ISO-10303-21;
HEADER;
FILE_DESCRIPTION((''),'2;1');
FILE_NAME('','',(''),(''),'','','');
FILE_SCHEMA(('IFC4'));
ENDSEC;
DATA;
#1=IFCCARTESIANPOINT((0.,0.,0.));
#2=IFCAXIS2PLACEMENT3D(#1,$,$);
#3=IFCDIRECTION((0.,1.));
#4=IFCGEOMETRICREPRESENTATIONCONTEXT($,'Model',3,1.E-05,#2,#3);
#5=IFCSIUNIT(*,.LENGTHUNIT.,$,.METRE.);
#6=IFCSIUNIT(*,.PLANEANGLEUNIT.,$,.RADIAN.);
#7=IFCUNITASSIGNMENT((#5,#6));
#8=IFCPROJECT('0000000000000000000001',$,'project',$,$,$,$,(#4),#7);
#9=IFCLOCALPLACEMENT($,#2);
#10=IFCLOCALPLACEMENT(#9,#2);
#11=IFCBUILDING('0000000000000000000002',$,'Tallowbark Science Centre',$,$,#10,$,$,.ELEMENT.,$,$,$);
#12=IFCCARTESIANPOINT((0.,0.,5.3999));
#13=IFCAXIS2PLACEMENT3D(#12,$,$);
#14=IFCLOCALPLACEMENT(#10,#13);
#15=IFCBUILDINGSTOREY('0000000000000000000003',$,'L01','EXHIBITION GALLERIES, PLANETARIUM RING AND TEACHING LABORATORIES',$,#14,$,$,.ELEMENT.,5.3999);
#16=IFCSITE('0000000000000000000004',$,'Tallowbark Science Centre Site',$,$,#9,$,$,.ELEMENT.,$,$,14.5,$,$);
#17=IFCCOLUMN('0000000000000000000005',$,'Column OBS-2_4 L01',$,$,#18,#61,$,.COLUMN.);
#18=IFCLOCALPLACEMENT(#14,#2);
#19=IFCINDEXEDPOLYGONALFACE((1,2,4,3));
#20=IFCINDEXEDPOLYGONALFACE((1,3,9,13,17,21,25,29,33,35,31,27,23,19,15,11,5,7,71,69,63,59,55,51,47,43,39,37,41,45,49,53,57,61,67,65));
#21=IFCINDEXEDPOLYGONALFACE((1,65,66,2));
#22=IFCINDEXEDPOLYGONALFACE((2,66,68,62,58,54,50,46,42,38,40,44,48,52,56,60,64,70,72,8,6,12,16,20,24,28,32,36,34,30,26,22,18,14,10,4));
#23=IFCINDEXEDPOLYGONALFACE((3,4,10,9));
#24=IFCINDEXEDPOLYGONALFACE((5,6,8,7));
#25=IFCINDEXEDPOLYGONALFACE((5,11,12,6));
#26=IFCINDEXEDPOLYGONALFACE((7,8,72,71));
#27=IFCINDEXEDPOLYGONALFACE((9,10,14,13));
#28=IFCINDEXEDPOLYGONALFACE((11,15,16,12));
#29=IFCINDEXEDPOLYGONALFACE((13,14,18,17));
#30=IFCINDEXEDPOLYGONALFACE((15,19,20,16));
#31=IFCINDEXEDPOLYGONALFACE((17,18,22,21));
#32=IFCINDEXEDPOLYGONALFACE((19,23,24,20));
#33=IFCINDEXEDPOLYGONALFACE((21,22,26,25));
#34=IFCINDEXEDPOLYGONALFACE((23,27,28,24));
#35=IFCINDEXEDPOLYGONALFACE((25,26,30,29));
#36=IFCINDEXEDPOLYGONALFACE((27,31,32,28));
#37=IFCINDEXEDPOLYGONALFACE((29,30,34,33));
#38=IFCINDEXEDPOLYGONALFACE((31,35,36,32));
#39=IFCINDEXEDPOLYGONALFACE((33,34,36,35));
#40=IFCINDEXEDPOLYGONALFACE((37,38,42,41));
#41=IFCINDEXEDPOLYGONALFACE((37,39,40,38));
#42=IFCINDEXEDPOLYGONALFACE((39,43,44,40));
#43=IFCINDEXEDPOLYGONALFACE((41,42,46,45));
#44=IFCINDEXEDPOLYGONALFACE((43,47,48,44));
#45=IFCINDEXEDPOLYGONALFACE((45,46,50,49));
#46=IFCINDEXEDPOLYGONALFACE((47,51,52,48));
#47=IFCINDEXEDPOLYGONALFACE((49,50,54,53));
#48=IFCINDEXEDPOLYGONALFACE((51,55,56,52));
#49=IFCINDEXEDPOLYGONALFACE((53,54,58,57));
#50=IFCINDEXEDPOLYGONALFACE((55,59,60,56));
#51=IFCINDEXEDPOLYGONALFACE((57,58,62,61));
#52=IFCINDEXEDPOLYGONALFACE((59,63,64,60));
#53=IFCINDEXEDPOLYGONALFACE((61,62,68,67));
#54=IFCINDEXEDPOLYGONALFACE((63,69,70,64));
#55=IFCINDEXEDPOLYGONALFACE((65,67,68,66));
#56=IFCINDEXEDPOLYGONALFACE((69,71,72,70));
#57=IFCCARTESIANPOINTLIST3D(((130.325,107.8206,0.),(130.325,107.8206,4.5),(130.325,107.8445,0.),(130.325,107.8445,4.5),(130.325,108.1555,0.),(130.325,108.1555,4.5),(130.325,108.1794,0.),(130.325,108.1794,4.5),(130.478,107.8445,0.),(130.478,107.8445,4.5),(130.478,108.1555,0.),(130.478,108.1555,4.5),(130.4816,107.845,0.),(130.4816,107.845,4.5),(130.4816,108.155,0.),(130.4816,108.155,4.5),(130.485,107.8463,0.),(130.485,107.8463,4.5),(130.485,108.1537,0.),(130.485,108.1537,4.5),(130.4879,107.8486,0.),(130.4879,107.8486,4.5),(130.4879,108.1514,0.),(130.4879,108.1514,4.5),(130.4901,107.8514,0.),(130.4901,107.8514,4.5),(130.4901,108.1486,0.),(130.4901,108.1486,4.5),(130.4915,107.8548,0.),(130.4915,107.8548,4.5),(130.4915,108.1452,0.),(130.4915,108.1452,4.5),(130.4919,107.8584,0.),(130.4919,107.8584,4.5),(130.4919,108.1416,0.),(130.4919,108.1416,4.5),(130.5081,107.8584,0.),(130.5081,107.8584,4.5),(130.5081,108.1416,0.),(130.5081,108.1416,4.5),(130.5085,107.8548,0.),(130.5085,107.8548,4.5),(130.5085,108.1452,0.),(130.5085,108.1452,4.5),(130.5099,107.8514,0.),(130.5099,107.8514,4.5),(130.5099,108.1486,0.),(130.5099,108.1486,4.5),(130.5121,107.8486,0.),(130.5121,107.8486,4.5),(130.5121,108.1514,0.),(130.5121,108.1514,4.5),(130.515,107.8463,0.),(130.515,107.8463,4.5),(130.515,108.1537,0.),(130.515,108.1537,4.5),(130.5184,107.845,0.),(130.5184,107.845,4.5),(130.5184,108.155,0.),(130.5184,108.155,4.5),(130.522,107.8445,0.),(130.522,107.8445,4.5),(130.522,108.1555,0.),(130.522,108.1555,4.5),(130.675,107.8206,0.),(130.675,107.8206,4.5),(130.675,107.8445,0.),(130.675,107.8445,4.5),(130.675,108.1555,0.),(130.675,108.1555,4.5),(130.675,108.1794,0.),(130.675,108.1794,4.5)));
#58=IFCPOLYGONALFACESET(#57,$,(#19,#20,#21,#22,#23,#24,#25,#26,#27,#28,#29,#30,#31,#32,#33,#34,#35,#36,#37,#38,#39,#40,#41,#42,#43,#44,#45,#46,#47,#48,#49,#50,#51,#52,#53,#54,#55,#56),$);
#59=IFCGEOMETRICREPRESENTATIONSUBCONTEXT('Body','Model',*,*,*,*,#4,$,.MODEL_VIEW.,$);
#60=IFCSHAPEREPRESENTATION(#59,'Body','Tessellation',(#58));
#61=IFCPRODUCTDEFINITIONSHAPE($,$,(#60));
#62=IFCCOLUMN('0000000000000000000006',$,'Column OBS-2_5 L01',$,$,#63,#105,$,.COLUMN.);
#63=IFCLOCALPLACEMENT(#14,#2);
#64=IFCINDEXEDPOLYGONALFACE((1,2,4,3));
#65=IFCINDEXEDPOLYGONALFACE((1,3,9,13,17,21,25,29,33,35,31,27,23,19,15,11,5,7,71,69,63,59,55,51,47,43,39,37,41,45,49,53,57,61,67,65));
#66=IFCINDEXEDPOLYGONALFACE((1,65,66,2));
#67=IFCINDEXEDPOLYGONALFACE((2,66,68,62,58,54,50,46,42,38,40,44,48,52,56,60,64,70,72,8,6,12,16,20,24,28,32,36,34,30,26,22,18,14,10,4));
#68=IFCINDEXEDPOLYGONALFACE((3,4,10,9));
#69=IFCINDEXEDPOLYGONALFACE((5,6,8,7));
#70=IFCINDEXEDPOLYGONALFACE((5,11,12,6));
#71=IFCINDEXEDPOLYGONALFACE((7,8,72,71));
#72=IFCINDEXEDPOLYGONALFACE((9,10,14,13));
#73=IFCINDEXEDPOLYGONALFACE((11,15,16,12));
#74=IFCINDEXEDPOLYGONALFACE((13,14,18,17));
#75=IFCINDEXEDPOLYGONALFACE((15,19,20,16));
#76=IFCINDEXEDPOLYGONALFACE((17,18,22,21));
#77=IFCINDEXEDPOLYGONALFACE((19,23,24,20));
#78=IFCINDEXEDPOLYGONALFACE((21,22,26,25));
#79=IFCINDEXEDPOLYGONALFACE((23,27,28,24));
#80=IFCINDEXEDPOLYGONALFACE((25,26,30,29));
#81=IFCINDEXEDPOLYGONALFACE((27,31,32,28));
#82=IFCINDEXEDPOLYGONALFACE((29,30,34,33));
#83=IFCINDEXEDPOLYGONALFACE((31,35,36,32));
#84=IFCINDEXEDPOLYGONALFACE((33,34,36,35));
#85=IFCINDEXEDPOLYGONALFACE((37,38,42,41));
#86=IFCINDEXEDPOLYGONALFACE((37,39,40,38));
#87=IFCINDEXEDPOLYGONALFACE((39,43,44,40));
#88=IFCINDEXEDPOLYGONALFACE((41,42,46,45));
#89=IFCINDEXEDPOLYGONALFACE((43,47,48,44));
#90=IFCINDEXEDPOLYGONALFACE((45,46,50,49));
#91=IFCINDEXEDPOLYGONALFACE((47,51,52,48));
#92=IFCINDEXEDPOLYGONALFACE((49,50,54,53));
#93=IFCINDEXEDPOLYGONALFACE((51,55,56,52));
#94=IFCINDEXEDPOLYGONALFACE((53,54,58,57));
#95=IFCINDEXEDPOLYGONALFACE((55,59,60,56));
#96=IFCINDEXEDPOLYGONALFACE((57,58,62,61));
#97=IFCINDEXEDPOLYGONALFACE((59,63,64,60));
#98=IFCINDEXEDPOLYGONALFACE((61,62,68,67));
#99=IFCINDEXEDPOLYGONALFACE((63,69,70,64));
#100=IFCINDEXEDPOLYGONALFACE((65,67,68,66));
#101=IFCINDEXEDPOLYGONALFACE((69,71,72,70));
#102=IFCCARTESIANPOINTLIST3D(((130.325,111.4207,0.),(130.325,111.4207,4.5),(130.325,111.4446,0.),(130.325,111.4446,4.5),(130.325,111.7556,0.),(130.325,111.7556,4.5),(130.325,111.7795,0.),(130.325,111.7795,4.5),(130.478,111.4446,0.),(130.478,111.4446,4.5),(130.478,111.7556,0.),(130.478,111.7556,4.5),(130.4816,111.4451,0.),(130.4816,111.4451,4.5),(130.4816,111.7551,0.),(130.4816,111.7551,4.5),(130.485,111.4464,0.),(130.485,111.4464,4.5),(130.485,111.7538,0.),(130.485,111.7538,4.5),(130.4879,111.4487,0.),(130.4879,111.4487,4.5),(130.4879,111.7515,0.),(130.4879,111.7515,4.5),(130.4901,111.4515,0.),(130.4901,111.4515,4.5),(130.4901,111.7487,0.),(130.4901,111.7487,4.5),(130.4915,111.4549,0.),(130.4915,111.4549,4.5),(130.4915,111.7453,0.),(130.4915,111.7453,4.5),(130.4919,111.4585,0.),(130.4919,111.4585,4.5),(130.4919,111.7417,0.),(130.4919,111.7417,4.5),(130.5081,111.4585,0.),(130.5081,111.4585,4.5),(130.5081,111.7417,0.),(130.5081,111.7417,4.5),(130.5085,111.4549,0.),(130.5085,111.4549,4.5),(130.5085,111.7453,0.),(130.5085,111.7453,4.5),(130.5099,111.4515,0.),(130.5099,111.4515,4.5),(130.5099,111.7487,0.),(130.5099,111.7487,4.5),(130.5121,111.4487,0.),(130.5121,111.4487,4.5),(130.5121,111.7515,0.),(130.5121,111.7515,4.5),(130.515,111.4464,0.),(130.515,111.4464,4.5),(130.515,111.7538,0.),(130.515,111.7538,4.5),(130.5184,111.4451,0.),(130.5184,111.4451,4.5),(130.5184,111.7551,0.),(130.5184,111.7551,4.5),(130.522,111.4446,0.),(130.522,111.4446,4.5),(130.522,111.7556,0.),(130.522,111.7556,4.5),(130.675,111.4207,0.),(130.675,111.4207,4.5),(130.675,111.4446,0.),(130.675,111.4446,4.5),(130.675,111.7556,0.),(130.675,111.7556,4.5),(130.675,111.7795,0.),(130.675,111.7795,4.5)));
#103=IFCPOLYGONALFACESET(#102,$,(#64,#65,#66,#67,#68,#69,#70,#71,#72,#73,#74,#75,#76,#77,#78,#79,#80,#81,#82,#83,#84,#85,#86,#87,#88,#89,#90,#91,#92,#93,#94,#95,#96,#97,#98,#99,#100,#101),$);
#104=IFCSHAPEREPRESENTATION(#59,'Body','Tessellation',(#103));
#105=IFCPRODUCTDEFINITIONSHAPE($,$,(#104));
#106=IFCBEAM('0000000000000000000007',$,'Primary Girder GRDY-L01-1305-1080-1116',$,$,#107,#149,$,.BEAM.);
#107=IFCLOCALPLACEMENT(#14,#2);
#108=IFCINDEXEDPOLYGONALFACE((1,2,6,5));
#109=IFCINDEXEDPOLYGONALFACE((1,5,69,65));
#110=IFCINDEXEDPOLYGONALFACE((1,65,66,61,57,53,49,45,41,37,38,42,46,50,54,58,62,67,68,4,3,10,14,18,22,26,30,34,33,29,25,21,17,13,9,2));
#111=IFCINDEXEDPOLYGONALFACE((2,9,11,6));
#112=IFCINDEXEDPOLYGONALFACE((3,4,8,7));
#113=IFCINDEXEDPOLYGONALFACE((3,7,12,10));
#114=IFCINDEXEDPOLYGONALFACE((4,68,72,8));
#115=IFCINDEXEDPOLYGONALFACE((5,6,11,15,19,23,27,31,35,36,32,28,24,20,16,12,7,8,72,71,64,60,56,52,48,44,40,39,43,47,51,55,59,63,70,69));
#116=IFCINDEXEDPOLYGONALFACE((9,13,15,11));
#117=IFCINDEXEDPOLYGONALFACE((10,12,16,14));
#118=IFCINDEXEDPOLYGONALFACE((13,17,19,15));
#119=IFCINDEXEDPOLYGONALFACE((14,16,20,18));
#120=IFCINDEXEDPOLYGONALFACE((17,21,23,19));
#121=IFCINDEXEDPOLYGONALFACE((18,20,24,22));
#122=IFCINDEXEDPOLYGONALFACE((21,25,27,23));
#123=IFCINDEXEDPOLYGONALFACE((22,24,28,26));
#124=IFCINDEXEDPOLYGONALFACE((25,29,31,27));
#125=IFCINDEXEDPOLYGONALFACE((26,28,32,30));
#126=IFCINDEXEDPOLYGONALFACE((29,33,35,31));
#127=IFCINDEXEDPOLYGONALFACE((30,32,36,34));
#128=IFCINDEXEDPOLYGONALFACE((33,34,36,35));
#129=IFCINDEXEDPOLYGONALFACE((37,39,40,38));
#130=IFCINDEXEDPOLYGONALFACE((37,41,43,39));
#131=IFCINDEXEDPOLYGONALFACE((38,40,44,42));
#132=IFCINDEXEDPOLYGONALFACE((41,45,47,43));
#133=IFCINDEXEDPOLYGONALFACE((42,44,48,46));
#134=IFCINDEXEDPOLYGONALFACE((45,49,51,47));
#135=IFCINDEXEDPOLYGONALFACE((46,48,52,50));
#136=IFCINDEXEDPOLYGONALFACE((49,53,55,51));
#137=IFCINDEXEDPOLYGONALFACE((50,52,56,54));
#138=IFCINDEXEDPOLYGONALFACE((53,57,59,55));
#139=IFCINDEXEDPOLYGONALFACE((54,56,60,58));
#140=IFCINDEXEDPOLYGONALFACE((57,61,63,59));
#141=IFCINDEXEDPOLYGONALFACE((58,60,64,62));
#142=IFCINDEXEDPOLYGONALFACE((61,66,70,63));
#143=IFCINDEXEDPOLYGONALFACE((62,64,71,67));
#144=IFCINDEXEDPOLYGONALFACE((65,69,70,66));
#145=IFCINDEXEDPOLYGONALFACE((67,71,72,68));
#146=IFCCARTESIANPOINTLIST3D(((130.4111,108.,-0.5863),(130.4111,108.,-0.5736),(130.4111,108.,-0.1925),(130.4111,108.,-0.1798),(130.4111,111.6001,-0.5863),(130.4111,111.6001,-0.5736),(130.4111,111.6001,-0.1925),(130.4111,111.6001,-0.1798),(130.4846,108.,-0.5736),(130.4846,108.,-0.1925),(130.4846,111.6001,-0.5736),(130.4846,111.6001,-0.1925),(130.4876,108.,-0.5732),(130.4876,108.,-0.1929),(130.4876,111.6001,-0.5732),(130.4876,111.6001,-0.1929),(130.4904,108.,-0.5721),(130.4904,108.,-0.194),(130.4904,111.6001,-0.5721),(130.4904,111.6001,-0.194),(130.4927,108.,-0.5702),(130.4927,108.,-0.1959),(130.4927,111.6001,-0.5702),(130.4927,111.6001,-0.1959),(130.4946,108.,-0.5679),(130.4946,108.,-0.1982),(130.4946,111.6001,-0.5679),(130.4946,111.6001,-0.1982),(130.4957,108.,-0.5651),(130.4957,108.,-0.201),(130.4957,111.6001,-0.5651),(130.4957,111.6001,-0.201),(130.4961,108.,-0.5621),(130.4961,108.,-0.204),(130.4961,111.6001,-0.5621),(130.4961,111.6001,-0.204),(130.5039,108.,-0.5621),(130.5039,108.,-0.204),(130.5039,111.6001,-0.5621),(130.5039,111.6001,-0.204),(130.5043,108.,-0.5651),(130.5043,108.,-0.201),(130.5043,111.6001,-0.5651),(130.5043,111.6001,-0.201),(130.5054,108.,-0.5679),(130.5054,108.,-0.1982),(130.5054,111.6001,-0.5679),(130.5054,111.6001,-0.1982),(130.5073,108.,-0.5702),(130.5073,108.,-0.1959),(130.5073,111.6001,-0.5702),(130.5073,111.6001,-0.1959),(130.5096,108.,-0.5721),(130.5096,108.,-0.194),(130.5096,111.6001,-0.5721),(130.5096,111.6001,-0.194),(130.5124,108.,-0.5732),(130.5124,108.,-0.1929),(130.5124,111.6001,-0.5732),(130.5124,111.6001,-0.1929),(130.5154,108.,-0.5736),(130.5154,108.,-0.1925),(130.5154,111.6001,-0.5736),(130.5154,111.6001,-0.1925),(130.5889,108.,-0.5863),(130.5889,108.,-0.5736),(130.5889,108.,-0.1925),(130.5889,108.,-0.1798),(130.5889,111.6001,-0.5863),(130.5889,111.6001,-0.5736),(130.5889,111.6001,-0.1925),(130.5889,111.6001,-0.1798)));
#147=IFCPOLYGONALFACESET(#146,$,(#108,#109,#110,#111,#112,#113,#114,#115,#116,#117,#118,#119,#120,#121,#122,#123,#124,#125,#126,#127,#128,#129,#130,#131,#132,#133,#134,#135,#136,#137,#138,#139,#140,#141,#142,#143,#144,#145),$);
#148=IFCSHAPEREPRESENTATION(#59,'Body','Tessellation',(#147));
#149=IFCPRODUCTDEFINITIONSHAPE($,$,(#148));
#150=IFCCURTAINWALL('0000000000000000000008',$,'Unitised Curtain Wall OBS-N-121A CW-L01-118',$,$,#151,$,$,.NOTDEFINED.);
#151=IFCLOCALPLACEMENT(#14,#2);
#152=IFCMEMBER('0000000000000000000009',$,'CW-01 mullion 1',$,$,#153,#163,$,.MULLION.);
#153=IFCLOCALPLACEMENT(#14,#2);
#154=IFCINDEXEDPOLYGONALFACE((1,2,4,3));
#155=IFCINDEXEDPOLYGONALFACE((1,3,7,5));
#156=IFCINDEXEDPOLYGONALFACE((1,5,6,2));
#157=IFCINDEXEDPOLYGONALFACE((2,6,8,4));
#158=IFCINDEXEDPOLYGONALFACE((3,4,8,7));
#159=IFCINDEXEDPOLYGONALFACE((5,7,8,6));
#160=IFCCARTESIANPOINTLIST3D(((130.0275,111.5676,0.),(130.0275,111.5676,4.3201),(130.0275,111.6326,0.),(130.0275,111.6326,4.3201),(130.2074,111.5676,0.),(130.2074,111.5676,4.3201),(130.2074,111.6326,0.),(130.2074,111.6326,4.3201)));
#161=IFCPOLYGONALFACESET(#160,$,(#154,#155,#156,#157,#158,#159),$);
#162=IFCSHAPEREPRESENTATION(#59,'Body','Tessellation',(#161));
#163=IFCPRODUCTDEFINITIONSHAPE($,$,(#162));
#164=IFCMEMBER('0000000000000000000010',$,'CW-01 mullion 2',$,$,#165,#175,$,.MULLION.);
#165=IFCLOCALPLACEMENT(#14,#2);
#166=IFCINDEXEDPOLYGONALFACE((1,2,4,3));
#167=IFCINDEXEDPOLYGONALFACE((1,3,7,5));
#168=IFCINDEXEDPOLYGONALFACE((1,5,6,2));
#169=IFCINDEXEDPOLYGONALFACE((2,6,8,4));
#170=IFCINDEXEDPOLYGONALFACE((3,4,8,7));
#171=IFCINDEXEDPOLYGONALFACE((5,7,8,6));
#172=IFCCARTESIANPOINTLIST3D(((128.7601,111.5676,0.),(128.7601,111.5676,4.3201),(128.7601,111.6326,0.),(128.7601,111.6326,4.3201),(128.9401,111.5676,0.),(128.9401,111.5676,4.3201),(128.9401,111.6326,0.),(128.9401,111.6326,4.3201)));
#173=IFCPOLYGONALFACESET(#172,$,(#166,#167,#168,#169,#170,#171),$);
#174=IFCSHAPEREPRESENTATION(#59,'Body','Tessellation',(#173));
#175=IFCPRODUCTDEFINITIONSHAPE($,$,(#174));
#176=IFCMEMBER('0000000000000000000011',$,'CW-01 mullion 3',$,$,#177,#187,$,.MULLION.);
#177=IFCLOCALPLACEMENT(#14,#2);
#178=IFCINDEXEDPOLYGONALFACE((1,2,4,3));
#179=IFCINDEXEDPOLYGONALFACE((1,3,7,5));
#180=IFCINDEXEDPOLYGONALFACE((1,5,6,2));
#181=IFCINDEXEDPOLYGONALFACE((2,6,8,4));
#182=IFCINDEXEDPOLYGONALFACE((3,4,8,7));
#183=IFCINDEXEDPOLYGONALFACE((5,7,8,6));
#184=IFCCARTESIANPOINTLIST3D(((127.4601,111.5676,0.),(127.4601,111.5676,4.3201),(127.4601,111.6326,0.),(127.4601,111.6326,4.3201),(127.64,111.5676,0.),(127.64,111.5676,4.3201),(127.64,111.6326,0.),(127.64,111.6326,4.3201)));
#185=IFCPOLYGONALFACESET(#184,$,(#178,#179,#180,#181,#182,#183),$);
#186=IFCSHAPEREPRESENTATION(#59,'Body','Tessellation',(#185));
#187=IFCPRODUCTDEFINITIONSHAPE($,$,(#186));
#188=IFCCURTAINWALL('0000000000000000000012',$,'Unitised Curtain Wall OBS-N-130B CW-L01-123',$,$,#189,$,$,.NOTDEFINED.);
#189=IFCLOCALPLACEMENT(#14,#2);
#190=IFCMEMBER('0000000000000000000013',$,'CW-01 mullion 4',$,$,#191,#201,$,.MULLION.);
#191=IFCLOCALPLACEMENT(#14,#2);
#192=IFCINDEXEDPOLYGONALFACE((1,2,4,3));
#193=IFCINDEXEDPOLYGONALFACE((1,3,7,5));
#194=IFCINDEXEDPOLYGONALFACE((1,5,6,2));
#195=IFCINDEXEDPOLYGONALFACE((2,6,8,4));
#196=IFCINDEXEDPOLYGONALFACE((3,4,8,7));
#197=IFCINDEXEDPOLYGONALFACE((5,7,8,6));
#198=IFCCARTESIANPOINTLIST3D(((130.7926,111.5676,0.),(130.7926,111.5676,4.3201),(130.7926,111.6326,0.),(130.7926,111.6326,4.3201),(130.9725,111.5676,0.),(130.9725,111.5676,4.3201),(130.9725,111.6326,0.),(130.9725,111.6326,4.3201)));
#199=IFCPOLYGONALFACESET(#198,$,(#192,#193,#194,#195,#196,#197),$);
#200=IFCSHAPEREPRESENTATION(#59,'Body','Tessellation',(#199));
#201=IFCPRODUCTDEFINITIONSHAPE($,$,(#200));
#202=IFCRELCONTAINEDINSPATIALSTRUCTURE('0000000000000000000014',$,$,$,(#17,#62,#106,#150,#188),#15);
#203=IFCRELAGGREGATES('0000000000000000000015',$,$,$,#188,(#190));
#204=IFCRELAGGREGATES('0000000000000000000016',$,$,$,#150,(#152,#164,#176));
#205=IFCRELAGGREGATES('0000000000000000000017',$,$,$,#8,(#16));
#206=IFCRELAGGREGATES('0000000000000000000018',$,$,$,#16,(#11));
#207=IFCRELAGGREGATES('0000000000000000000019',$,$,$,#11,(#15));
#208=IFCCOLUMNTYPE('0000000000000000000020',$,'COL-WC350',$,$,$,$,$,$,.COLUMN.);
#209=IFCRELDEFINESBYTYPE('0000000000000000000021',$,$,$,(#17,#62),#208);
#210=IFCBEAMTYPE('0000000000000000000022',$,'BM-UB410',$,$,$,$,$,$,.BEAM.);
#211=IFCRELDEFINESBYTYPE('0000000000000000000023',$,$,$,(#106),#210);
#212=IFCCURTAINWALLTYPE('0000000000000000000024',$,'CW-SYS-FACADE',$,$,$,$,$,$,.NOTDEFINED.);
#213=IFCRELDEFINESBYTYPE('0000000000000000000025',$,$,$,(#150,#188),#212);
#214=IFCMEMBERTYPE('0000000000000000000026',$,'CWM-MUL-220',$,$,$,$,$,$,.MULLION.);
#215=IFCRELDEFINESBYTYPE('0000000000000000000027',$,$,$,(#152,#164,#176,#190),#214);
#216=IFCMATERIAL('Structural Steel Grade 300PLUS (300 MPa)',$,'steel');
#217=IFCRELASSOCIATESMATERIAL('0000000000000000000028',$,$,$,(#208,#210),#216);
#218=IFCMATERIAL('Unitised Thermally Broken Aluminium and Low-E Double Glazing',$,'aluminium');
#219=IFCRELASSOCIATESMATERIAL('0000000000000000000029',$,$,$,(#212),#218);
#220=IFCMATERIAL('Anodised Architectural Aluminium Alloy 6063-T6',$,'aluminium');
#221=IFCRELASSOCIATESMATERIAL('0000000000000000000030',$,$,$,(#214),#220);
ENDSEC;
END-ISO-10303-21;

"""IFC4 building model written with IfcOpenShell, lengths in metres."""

from ifc_helpers import new_model, si_unit, direction, frame, origin, origin_2d, place, context, subcontext, project, spatial, rectangle, i_section, extrude, material, material_profile, profile_set, type_object, element, aggregate, save


model = new_model("IFC4")

# Units and contexts
model_context = context("Model", 3, precision=1e-05, world=origin(), true_north=direction((0.0, 1.0)))
body_context = subcontext(model_context, "Body", "Model", "MODEL_VIEW")
ifc_project = project(units=[si_unit("LENGTHUNIT", "METRE"), si_unit("PLANEANGLEUNIT", "RADIAN")], contexts=[model_context])

# Site, building, storey
site_placement = place(None, origin())
site = spatial("IfcSite", under=ifc_project, at=site_placement, Name="Tallowbark Science Centre Site", CompositionType="ELEMENT", RefElevation=14.5)
building_placement = place(site_placement, origin())
building = spatial("IfcBuilding", under=site, at=building_placement, Name="Tallowbark Science Centre", CompositionType="ELEMENT")
storey_placement = place(building_placement, frame((0.0, 0.0, 5.3999)))
storey = spatial("IfcBuildingStorey", under=building, at=storey_placement, Name="L01", Description="EXHIBITION GALLERIES, PLANETARIUM RING AND TEACHING LABORATORIES", CompositionType="ELEMENT", Elevation=5.3999)

# Columns
ifc_material_1 = material(Name="Structural Steel Grade 300PLUS (300 MPa)", Category="steel")
ifc_material_profile_1 = material_profile(ifc_material_1, i_section(OverallWidth=0.3501, OverallDepth=0.3589, WebThickness=0.0161, FlangeThickness=0.0239, FilletRadius=0.0139, at=origin_2d()), Name="350WC197")
ifc_profile_set_1 = profile_set([ifc_material_profile_1], Name="Structural Steel Grade 300PLUS (300 MPa)")
column_type = type_object("IfcColumnType", Name="COL-WC350", PredefinedType="COLUMN", material=ifc_profile_set_1)
for number, where, z_axis, x_axis, name in (
    (1, (130.5, 108.0, 0.0), (0.0, 0.0, 1.0), (1.0, 0.0, 0.0), "Column OBS-2_4 L01"),
    (2, (130.5, 111.6001, 0.0), (0.0, 0.0, 1.0), (1.0, 0.0, 0.0), "Column OBS-2_5 L01"),
):
    element("IfcColumn", number, at=place(storey_placement, frame(where, z_axis=z_axis, x_axis=x_axis)), inside=storey, type_object=column_type, Name=name, PredefinedType="COLUMN", context=body_context, shape_type="SweptSolid", body=[
        extrude(i_section(OverallWidth=0.3501, OverallDepth=0.3589, WebThickness=0.0161, FlangeThickness=0.0239, FilletRadius=0.0139, at=origin_2d()), origin(), (0.0, 0.0, 1.0), 4.5),
    ])

# Beam
ifc_material_profile_2 = material_profile(ifc_material_1, i_section(OverallWidth=0.1777, OverallDepth=0.4065, WebThickness=0.0078, FlangeThickness=0.0127, FilletRadius=0.0115, at=origin_2d()), Name="410UB59.7")
ifc_profile_set_2 = profile_set([ifc_material_profile_2], Name="Structural Steel Grade 300PLUS (300 MPa)")
beam_type_1 = type_object("IfcBeamType", Name="BM-UB410", PredefinedType="BEAM", material=ifc_profile_set_2)
beam_1_placement = place(storey_placement, frame((130.5, 108.0, -0.3831), z_axis=(0.0, 1.0, 0.0), x_axis=(-1.0, 0.0, 0.0)))
element("IfcBeam", 3, at=beam_1_placement, inside=storey, type_object=beam_type_1, Name="Primary Girder GRDY-L01-1305-1080-1116", PredefinedType="BEAM", context=body_context, shape_type="SweptSolid", body=[
    extrude(i_section(OverallWidth=0.1777, OverallDepth=0.4065, WebThickness=0.0078, FlangeThickness=0.0127, FilletRadius=0.0115, at=origin_2d()), origin(), (0.0, 0.0, 1.0), 3.6001),
])

# Curtain wall, members
ifc_material_2 = material(Name="Unitised Thermally Broken Aluminium and Low-E Double Glazing", Category="aluminium")
curtain_wall_type = type_object("IfcCurtainWallType", Name="CW-SYS-FACADE", PredefinedType="NOTDEFINED", material=ifc_material_2)
curtain_wall_1_placement = place(storey_placement, origin())
curtain_wall_1 = element("IfcCurtainWall", 4, at=curtain_wall_1_placement, inside=storey, type_object=curtain_wall_type, Name="Unitised Curtain Wall OBS-N-121A CW-L01-118", PredefinedType="NOTDEFINED")
ifc_material_3 = material(Name="Anodised Architectural Aluminium Alloy 6063-T6", Category="aluminium")
ifc_material_profile_3 = material_profile(ifc_material_3, rectangle(XDim=0.0649, YDim=0.1799, at=origin_2d()), Name="ALU65x180")
ifc_profile_set_3 = profile_set([ifc_material_profile_3], Name="Anodised Architectural Aluminium Alloy 6063-T6")
member_type_1 = type_object("IfcMemberType", Name="CWM-MUL-220", PredefinedType="MULLION", material=ifc_profile_set_3)
member_1_placement = place(storey_placement, frame((130.1174, 111.6001, 0.0), z_axis=(0.0, 0.0, 1.0), x_axis=(0.0, -1.0, 0.0)))
member_1 = element("IfcMember", 5, at=member_1_placement, type_object=member_type_1, Name="CW-01 mullion 1", PredefinedType="MULLION", context=body_context, shape_type="SweptSolid", body=[
    extrude(rectangle(XDim=0.0649, YDim=0.1799, at=origin_2d()), origin(), (0.0, 0.0, 1.0), 4.3201),
])
member_2_placement = place(storey_placement, frame((128.8501, 111.6001, 0.0), z_axis=(0.0, 0.0, 1.0), x_axis=(0.0, -1.0, 0.0)))
member_2 = element("IfcMember", 6, at=member_2_placement, type_object=member_type_1, Name="CW-01 mullion 2", PredefinedType="MULLION", context=body_context, shape_type="SweptSolid", body=[
    extrude(rectangle(XDim=0.0649, YDim=0.1799, at=origin_2d()), origin(), (0.0, 0.0, 1.0), 4.3201),
])
member_3_placement = place(storey_placement, frame((127.55, 111.6001, 0.0), z_axis=(0.0, 0.0, 1.0), x_axis=(0.0, -1.0, 0.0)))
member_3 = element("IfcMember", 7, at=member_3_placement, type_object=member_type_1, Name="CW-01 mullion 3", PredefinedType="MULLION", context=body_context, shape_type="SweptSolid", body=[
    extrude(rectangle(XDim=0.0649, YDim=0.1799, at=origin_2d()), origin(), (0.0, 0.0, 1.0), 4.3201),
])

# Curtain wall, member
curtain_wall_2_placement = place(storey_placement, origin())
curtain_wall_2 = element("IfcCurtainWall", 8, at=curtain_wall_2_placement, inside=storey, type_object=curtain_wall_type, Name="Unitised Curtain Wall OBS-N-130B CW-L01-123", PredefinedType="NOTDEFINED")
member_4_placement = place(storey_placement, frame((130.8826, 111.6001, 0.0), z_axis=(0.0, 0.0, 1.0), x_axis=(0.0, -1.0, 0.0)))
member_4 = element("IfcMember", 9, at=member_4_placement, type_object=member_type_1, Name="CW-01 mullion 4", PredefinedType="MULLION", context=body_context, shape_type="SweptSolid", body=[
    extrude(rectangle(XDim=0.0649, YDim=0.1799, at=origin_2d()), origin(), (0.0, 0.0, 1.0), 4.3201),
])
aggregate(curtain_wall_2, [member_4])

aggregate(curtain_wall_1, [member_1, member_2, member_3])

save(model, "model.ifc")
